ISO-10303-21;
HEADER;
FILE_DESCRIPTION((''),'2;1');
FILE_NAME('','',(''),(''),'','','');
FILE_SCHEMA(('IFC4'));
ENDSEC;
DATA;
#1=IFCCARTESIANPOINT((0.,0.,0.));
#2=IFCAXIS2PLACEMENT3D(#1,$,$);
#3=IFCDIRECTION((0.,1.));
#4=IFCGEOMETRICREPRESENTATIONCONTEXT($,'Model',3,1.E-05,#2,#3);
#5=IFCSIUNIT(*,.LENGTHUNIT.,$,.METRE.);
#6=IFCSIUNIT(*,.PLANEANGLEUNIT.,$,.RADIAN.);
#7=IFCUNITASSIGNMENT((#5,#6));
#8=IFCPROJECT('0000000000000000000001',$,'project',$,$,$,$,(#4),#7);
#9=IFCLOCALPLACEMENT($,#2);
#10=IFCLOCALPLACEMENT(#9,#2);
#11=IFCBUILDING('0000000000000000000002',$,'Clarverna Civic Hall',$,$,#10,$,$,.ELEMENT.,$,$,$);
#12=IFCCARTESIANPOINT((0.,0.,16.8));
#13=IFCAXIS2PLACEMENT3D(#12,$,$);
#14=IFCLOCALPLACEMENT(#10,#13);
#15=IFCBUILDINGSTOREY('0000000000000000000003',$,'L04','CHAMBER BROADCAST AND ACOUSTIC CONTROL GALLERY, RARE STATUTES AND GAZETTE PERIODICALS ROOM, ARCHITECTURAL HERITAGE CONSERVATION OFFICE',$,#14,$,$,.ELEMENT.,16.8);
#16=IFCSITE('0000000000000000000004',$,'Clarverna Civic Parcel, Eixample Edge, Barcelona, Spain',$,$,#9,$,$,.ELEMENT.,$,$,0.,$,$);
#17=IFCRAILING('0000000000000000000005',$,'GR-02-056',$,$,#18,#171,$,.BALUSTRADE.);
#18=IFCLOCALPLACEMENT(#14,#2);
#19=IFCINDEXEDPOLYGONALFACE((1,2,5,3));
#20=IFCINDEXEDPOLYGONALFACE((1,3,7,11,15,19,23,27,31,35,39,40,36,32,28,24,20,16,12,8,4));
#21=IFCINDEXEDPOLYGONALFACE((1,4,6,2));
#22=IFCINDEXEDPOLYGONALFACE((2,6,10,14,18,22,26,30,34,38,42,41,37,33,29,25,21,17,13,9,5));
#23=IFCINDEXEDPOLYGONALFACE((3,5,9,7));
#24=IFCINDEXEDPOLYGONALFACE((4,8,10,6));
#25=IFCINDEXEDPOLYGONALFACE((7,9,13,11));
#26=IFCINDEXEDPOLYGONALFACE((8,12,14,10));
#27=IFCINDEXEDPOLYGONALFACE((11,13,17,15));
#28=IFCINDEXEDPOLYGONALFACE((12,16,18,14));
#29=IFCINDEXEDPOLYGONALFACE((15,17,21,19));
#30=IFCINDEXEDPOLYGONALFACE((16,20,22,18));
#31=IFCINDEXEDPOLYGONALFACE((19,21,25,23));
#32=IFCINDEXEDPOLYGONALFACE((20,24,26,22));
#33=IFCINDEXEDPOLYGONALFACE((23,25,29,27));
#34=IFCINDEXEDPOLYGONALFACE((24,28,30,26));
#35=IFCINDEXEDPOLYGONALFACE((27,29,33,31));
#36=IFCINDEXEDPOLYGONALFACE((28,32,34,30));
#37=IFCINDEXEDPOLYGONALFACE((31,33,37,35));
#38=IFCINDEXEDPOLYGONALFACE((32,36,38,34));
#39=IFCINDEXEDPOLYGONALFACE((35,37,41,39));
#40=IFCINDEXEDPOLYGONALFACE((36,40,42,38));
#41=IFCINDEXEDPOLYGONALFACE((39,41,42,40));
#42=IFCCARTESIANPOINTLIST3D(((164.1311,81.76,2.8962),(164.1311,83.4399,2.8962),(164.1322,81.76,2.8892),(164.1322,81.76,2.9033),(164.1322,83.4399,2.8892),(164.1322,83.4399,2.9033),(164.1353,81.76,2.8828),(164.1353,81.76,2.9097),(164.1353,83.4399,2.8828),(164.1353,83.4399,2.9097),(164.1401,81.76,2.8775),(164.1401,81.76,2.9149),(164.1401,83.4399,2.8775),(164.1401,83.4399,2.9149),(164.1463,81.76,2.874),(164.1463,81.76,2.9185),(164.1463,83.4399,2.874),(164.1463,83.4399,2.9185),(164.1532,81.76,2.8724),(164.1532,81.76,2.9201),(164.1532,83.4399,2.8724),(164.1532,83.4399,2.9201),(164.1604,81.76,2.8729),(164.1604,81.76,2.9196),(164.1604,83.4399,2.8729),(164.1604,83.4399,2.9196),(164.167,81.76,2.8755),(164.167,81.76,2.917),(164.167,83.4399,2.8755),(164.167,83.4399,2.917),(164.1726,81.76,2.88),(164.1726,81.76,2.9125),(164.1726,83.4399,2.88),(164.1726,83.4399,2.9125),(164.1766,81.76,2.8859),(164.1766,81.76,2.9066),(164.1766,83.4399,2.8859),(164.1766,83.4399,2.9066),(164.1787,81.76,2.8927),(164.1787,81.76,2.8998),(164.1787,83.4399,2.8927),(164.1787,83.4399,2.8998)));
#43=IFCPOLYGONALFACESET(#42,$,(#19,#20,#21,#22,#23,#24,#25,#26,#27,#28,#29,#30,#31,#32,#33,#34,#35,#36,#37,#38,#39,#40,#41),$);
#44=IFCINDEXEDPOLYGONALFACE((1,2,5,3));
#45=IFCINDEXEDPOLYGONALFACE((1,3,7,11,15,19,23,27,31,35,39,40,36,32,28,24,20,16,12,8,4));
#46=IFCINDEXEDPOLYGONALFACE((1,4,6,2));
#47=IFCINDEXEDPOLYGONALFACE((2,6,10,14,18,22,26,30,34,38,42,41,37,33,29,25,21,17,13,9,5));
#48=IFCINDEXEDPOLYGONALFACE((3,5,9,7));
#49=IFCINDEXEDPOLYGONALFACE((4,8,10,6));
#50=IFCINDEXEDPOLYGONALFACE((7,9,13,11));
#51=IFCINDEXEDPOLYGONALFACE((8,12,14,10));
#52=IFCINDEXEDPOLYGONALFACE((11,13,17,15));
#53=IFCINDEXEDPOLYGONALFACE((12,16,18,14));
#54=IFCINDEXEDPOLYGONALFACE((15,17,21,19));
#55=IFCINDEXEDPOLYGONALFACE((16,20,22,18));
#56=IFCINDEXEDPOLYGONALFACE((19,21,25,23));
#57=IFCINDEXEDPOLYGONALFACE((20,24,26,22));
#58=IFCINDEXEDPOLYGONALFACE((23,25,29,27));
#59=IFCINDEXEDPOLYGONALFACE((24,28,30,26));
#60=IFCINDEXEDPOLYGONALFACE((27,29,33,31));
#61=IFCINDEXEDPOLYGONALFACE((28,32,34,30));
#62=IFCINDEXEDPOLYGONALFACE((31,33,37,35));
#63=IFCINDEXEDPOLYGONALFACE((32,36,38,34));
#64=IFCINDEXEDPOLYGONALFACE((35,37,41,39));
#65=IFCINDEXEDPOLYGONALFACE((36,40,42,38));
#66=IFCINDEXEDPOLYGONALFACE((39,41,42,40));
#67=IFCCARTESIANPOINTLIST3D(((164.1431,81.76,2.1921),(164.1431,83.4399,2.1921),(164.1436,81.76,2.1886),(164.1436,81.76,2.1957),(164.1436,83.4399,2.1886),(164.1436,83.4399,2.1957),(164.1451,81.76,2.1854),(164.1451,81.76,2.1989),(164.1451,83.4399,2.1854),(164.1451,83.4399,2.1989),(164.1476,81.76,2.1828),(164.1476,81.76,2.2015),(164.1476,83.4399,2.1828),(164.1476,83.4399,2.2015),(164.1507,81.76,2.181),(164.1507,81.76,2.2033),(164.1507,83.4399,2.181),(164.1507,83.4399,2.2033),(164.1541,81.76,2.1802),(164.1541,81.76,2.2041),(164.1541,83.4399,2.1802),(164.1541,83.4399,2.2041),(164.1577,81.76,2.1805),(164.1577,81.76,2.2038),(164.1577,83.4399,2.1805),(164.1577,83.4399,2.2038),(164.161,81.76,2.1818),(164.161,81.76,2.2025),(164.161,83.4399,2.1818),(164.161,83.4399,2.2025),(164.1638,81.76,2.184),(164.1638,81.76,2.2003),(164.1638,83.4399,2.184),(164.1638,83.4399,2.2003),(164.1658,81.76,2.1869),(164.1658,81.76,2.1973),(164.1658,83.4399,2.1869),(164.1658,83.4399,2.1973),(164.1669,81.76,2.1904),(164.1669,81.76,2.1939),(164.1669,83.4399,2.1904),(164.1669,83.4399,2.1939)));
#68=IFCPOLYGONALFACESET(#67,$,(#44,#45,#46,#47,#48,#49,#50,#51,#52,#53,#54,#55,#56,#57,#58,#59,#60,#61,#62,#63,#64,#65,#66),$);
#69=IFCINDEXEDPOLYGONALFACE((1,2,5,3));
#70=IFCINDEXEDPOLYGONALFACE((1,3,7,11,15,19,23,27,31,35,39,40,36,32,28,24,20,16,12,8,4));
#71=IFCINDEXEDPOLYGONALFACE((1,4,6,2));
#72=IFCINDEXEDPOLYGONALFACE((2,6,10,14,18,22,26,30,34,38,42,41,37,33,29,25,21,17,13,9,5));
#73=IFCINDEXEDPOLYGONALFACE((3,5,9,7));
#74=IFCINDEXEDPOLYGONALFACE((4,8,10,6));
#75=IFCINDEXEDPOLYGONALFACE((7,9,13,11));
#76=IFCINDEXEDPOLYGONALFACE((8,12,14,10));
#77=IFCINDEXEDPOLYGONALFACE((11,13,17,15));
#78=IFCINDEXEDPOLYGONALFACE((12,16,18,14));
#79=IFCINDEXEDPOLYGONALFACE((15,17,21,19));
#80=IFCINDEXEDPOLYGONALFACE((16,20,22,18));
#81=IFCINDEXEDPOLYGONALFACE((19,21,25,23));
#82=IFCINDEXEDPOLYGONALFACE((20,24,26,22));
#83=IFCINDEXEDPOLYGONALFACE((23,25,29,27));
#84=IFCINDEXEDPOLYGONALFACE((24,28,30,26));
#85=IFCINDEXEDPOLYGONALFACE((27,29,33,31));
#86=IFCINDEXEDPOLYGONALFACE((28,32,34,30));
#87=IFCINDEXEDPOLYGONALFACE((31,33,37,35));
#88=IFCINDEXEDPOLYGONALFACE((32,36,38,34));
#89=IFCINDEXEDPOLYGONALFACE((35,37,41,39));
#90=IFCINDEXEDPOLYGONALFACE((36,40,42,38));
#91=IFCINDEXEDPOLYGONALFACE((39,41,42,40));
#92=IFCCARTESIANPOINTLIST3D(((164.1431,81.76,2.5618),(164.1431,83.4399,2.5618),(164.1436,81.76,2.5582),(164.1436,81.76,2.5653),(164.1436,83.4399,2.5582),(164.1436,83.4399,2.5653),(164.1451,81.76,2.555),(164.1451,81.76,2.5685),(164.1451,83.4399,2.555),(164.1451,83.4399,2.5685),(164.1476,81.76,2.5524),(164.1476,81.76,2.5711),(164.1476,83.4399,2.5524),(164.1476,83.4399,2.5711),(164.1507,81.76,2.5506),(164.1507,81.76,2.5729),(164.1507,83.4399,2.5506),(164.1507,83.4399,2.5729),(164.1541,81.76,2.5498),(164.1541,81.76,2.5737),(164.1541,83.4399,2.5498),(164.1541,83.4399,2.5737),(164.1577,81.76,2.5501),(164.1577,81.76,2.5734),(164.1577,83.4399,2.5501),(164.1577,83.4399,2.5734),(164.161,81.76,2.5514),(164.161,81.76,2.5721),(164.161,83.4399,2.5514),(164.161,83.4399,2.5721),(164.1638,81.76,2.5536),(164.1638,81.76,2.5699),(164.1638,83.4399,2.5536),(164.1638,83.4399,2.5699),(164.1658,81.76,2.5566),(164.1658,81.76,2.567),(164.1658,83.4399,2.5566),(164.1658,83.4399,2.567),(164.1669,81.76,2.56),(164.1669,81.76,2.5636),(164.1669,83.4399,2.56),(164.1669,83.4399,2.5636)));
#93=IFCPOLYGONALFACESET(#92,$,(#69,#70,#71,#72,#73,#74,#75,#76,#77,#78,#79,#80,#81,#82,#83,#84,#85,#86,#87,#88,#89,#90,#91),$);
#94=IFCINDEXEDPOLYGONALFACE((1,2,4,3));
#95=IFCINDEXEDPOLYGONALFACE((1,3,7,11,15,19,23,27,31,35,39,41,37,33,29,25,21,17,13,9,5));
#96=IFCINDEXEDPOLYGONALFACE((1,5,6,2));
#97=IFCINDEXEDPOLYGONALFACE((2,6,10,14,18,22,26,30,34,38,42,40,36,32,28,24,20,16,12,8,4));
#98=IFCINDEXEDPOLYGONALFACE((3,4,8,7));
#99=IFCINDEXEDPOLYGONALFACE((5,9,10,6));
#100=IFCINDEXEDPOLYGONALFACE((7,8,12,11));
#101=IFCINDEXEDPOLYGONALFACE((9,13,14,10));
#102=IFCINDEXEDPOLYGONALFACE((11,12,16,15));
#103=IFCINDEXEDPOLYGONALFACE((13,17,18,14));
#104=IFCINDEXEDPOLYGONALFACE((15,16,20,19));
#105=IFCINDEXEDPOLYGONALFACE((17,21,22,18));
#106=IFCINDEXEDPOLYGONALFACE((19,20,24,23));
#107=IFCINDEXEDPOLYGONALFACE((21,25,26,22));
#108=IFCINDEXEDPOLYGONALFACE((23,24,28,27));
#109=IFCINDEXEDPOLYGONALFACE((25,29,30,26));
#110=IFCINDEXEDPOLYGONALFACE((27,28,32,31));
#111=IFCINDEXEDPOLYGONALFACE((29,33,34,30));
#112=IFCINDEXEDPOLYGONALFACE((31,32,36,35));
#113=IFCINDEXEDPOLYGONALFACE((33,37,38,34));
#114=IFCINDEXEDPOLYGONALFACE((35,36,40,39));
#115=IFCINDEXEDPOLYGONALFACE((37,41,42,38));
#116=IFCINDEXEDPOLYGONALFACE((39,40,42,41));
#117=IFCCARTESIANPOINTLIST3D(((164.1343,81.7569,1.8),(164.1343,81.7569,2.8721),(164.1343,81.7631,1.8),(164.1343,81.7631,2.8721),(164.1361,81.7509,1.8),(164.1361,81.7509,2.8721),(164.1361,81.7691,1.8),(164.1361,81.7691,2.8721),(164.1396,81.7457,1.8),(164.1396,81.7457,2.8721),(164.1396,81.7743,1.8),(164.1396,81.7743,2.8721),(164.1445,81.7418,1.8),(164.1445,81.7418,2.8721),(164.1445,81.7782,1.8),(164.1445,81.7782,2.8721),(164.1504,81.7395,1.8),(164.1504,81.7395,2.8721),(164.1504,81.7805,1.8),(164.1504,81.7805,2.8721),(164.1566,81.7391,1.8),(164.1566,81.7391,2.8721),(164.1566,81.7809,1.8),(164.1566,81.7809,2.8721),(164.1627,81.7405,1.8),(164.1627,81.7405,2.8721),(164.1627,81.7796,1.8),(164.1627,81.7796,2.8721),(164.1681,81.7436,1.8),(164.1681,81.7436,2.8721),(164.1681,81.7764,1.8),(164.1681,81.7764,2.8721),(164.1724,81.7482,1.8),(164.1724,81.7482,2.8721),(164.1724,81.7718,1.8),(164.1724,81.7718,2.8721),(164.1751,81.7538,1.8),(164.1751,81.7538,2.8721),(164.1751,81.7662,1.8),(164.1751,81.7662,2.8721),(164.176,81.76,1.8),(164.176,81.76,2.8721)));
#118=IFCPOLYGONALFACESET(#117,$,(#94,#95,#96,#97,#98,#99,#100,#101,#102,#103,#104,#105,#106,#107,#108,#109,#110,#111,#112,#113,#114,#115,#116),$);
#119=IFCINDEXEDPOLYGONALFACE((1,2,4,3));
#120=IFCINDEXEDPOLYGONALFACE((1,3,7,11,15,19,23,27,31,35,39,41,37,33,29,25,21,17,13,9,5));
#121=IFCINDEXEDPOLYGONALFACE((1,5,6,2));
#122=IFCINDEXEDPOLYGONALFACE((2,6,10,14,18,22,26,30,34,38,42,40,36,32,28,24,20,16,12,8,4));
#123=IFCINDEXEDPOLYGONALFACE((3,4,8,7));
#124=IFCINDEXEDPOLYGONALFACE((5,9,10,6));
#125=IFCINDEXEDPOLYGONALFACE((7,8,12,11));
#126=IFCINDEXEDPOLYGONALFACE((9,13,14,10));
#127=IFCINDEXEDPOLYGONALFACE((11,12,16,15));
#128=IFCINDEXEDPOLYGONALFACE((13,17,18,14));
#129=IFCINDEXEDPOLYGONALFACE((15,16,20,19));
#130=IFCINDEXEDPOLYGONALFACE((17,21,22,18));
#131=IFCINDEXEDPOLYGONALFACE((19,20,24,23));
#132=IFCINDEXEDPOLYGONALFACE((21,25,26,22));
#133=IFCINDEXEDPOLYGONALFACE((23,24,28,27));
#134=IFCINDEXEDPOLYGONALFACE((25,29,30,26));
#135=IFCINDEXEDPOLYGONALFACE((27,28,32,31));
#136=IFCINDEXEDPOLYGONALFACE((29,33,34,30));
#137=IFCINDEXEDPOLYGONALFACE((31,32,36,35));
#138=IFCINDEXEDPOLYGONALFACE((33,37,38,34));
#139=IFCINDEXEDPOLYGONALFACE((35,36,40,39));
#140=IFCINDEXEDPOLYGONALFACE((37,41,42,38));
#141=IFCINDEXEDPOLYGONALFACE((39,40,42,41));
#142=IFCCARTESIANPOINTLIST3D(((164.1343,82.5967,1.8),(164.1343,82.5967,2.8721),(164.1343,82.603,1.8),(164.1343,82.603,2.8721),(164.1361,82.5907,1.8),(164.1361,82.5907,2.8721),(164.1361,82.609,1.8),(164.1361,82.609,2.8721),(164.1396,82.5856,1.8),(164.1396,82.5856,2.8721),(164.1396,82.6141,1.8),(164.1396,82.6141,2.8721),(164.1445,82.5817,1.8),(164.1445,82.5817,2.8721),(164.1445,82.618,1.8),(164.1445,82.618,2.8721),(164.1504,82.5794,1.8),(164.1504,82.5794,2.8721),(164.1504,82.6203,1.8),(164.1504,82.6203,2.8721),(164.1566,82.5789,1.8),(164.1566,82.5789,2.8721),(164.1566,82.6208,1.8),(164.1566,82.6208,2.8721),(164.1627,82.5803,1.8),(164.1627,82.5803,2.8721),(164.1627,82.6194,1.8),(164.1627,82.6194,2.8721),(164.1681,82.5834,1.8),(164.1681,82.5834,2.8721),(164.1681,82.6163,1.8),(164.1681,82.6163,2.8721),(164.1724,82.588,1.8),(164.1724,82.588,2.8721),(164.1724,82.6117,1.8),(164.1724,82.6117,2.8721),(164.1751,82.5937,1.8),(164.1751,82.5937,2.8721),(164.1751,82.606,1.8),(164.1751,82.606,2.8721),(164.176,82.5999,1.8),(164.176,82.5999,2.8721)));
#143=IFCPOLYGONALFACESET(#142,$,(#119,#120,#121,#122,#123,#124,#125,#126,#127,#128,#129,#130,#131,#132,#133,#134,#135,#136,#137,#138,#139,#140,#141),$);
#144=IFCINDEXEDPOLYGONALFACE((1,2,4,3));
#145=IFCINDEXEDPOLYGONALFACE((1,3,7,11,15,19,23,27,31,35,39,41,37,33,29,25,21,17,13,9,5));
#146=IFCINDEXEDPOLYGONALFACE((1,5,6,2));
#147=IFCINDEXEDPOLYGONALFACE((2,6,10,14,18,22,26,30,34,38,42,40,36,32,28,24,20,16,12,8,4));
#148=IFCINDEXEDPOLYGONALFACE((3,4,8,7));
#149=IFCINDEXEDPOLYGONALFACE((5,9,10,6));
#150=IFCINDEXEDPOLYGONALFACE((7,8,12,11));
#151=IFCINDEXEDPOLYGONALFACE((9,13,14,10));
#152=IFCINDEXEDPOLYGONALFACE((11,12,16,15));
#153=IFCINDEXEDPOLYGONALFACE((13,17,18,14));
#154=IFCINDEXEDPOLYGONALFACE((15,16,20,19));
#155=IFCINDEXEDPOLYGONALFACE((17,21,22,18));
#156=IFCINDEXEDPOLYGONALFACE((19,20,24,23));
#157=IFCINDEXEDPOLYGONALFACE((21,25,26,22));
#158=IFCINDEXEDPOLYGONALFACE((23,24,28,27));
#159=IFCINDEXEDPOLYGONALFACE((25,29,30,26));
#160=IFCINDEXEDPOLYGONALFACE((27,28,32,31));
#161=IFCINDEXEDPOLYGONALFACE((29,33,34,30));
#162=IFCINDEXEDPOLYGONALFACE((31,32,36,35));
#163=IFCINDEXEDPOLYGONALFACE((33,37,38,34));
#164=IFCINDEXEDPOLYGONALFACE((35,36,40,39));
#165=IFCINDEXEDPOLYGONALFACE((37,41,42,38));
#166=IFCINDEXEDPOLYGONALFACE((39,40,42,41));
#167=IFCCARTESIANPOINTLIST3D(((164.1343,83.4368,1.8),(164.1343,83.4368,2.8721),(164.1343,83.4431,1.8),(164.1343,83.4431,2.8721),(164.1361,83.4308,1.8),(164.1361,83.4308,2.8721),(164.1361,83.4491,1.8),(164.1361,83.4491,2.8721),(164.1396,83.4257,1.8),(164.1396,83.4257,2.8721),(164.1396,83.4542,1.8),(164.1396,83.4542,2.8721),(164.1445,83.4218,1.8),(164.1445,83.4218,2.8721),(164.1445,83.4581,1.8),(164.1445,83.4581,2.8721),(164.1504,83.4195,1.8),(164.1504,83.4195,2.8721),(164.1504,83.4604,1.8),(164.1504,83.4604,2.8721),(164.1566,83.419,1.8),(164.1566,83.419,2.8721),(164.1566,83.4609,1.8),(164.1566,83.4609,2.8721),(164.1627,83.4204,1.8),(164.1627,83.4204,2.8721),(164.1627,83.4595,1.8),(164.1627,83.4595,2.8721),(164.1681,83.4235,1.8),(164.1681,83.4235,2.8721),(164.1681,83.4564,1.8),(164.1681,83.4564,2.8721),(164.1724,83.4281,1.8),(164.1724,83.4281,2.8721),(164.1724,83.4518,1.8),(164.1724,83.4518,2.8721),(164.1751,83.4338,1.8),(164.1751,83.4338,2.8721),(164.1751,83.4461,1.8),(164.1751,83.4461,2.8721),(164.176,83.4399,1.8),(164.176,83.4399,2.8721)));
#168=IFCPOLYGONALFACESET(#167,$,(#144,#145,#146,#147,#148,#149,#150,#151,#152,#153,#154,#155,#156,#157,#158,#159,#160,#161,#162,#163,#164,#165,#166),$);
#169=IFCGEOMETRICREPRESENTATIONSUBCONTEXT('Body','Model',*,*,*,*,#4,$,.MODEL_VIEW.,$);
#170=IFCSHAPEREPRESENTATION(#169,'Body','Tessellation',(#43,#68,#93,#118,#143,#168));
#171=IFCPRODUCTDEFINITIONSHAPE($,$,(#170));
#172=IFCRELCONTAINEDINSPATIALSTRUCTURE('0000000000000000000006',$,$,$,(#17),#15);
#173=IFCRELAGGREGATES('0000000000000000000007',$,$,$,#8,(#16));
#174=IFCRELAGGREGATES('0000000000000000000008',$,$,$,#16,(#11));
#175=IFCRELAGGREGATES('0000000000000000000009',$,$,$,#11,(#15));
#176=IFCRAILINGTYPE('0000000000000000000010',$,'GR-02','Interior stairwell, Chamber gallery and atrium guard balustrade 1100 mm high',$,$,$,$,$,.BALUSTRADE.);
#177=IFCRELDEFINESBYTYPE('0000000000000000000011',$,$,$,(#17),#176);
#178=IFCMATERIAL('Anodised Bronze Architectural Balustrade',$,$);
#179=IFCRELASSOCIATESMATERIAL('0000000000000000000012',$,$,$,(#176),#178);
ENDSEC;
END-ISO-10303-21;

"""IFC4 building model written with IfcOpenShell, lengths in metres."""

from ifc_helpers import new_model, si_unit, direction, frame, origin, origin_2d, place, context, subcontext, project, spatial, circle, extrude, material, type_object, element, save


model = new_model("IFC4")

# Units and contexts
model_context = context("Model", 3, precision=1e-05, world=origin(), true_north=direction((0.0, 1.0)))
body_context = subcontext(model_context, "Body", "Model", "MODEL_VIEW")
ifc_project = project(units=[si_unit("LENGTHUNIT", "METRE"), si_unit("PLANEANGLEUNIT", "RADIAN")], contexts=[model_context])

# Site, building, storey
site_placement = place(None, origin())
site = spatial("IfcSite", under=ifc_project, at=site_placement, Name="Clarverna Civic Parcel, Eixample Edge, Barcelona, Spain", CompositionType="ELEMENT", RefElevation=0.0)
building_placement = place(site_placement, origin())
building = spatial("IfcBuilding", under=site, at=building_placement, Name="Clarverna Civic Hall", CompositionType="ELEMENT")
storey_placement = place(building_placement, frame((0.0, 0.0, 16.8)))
storey = spatial("IfcBuildingStorey", under=building, at=storey_placement, Name="L04", Description="CHAMBER BROADCAST AND ACOUSTIC CONTROL GALLERY, RARE STATUTES AND GAZETTE PERIODICALS ROOM, ARCHITECTURAL HERITAGE CONSERVATION OFFICE", CompositionType="ELEMENT", Elevation=16.8)

# Railing
ifc_material_1 = material(Name="Anodised Bronze Architectural Balustrade")
railing_type_1 = type_object("IfcRailingType", Name="GR-02", Description="Interior stairwell, Chamber gallery and atrium guard balustrade 1100 mm high", PredefinedType="BALUSTRADE", material=ifc_material_1)
railing_1_placement = place(storey_placement, frame((164.155, 81.76, 1.8)))
element("IfcRailing", 1, at=railing_1_placement, inside=storey, type_object=railing_type_1, Name="GR-02-056", PredefinedType="BALUSTRADE", context=body_context, shape_type="SweptSolid", body=[
    extrude(circle(Radius=0.0239, at=origin_2d()), frame((0.0, 0.0, 1.0962), z_axis=(0.0, 1.0, 0.0), x_axis=(-1.0, 0.0, 0.0)), (0.0, 0.0, 1.0), 1.6799),
    extrude(circle(Radius=0.012, at=origin_2d()), frame((0.0, 0.0, 0.3921), z_axis=(0.0, 1.0, 0.0), x_axis=(-1.0, 0.0, 0.0)), (0.0, 0.0, 1.0), 1.6799),
    extrude(circle(Radius=0.012, at=origin_2d()), frame((0.0, 0.0, 0.7617), z_axis=(0.0, 1.0, 0.0), x_axis=(-1.0, 0.0, 0.0)), (0.0, 0.0, 1.0), 1.6799),
    extrude(circle(Radius=0.021, at=origin_2d()), origin(), (0.0, 0.0, 1.0), 1.072),
    extrude(circle(Radius=0.021, at=origin_2d()), frame((0.0, 0.8398, 0.0)), (0.0, 0.0, 1.0), 1.072),
    extrude(circle(Radius=0.021, at=origin_2d()), frame((0.0, 1.6799, 0.0)), (0.0, 0.0, 1.0), 1.072),
])

save(model, "model.ifc")
